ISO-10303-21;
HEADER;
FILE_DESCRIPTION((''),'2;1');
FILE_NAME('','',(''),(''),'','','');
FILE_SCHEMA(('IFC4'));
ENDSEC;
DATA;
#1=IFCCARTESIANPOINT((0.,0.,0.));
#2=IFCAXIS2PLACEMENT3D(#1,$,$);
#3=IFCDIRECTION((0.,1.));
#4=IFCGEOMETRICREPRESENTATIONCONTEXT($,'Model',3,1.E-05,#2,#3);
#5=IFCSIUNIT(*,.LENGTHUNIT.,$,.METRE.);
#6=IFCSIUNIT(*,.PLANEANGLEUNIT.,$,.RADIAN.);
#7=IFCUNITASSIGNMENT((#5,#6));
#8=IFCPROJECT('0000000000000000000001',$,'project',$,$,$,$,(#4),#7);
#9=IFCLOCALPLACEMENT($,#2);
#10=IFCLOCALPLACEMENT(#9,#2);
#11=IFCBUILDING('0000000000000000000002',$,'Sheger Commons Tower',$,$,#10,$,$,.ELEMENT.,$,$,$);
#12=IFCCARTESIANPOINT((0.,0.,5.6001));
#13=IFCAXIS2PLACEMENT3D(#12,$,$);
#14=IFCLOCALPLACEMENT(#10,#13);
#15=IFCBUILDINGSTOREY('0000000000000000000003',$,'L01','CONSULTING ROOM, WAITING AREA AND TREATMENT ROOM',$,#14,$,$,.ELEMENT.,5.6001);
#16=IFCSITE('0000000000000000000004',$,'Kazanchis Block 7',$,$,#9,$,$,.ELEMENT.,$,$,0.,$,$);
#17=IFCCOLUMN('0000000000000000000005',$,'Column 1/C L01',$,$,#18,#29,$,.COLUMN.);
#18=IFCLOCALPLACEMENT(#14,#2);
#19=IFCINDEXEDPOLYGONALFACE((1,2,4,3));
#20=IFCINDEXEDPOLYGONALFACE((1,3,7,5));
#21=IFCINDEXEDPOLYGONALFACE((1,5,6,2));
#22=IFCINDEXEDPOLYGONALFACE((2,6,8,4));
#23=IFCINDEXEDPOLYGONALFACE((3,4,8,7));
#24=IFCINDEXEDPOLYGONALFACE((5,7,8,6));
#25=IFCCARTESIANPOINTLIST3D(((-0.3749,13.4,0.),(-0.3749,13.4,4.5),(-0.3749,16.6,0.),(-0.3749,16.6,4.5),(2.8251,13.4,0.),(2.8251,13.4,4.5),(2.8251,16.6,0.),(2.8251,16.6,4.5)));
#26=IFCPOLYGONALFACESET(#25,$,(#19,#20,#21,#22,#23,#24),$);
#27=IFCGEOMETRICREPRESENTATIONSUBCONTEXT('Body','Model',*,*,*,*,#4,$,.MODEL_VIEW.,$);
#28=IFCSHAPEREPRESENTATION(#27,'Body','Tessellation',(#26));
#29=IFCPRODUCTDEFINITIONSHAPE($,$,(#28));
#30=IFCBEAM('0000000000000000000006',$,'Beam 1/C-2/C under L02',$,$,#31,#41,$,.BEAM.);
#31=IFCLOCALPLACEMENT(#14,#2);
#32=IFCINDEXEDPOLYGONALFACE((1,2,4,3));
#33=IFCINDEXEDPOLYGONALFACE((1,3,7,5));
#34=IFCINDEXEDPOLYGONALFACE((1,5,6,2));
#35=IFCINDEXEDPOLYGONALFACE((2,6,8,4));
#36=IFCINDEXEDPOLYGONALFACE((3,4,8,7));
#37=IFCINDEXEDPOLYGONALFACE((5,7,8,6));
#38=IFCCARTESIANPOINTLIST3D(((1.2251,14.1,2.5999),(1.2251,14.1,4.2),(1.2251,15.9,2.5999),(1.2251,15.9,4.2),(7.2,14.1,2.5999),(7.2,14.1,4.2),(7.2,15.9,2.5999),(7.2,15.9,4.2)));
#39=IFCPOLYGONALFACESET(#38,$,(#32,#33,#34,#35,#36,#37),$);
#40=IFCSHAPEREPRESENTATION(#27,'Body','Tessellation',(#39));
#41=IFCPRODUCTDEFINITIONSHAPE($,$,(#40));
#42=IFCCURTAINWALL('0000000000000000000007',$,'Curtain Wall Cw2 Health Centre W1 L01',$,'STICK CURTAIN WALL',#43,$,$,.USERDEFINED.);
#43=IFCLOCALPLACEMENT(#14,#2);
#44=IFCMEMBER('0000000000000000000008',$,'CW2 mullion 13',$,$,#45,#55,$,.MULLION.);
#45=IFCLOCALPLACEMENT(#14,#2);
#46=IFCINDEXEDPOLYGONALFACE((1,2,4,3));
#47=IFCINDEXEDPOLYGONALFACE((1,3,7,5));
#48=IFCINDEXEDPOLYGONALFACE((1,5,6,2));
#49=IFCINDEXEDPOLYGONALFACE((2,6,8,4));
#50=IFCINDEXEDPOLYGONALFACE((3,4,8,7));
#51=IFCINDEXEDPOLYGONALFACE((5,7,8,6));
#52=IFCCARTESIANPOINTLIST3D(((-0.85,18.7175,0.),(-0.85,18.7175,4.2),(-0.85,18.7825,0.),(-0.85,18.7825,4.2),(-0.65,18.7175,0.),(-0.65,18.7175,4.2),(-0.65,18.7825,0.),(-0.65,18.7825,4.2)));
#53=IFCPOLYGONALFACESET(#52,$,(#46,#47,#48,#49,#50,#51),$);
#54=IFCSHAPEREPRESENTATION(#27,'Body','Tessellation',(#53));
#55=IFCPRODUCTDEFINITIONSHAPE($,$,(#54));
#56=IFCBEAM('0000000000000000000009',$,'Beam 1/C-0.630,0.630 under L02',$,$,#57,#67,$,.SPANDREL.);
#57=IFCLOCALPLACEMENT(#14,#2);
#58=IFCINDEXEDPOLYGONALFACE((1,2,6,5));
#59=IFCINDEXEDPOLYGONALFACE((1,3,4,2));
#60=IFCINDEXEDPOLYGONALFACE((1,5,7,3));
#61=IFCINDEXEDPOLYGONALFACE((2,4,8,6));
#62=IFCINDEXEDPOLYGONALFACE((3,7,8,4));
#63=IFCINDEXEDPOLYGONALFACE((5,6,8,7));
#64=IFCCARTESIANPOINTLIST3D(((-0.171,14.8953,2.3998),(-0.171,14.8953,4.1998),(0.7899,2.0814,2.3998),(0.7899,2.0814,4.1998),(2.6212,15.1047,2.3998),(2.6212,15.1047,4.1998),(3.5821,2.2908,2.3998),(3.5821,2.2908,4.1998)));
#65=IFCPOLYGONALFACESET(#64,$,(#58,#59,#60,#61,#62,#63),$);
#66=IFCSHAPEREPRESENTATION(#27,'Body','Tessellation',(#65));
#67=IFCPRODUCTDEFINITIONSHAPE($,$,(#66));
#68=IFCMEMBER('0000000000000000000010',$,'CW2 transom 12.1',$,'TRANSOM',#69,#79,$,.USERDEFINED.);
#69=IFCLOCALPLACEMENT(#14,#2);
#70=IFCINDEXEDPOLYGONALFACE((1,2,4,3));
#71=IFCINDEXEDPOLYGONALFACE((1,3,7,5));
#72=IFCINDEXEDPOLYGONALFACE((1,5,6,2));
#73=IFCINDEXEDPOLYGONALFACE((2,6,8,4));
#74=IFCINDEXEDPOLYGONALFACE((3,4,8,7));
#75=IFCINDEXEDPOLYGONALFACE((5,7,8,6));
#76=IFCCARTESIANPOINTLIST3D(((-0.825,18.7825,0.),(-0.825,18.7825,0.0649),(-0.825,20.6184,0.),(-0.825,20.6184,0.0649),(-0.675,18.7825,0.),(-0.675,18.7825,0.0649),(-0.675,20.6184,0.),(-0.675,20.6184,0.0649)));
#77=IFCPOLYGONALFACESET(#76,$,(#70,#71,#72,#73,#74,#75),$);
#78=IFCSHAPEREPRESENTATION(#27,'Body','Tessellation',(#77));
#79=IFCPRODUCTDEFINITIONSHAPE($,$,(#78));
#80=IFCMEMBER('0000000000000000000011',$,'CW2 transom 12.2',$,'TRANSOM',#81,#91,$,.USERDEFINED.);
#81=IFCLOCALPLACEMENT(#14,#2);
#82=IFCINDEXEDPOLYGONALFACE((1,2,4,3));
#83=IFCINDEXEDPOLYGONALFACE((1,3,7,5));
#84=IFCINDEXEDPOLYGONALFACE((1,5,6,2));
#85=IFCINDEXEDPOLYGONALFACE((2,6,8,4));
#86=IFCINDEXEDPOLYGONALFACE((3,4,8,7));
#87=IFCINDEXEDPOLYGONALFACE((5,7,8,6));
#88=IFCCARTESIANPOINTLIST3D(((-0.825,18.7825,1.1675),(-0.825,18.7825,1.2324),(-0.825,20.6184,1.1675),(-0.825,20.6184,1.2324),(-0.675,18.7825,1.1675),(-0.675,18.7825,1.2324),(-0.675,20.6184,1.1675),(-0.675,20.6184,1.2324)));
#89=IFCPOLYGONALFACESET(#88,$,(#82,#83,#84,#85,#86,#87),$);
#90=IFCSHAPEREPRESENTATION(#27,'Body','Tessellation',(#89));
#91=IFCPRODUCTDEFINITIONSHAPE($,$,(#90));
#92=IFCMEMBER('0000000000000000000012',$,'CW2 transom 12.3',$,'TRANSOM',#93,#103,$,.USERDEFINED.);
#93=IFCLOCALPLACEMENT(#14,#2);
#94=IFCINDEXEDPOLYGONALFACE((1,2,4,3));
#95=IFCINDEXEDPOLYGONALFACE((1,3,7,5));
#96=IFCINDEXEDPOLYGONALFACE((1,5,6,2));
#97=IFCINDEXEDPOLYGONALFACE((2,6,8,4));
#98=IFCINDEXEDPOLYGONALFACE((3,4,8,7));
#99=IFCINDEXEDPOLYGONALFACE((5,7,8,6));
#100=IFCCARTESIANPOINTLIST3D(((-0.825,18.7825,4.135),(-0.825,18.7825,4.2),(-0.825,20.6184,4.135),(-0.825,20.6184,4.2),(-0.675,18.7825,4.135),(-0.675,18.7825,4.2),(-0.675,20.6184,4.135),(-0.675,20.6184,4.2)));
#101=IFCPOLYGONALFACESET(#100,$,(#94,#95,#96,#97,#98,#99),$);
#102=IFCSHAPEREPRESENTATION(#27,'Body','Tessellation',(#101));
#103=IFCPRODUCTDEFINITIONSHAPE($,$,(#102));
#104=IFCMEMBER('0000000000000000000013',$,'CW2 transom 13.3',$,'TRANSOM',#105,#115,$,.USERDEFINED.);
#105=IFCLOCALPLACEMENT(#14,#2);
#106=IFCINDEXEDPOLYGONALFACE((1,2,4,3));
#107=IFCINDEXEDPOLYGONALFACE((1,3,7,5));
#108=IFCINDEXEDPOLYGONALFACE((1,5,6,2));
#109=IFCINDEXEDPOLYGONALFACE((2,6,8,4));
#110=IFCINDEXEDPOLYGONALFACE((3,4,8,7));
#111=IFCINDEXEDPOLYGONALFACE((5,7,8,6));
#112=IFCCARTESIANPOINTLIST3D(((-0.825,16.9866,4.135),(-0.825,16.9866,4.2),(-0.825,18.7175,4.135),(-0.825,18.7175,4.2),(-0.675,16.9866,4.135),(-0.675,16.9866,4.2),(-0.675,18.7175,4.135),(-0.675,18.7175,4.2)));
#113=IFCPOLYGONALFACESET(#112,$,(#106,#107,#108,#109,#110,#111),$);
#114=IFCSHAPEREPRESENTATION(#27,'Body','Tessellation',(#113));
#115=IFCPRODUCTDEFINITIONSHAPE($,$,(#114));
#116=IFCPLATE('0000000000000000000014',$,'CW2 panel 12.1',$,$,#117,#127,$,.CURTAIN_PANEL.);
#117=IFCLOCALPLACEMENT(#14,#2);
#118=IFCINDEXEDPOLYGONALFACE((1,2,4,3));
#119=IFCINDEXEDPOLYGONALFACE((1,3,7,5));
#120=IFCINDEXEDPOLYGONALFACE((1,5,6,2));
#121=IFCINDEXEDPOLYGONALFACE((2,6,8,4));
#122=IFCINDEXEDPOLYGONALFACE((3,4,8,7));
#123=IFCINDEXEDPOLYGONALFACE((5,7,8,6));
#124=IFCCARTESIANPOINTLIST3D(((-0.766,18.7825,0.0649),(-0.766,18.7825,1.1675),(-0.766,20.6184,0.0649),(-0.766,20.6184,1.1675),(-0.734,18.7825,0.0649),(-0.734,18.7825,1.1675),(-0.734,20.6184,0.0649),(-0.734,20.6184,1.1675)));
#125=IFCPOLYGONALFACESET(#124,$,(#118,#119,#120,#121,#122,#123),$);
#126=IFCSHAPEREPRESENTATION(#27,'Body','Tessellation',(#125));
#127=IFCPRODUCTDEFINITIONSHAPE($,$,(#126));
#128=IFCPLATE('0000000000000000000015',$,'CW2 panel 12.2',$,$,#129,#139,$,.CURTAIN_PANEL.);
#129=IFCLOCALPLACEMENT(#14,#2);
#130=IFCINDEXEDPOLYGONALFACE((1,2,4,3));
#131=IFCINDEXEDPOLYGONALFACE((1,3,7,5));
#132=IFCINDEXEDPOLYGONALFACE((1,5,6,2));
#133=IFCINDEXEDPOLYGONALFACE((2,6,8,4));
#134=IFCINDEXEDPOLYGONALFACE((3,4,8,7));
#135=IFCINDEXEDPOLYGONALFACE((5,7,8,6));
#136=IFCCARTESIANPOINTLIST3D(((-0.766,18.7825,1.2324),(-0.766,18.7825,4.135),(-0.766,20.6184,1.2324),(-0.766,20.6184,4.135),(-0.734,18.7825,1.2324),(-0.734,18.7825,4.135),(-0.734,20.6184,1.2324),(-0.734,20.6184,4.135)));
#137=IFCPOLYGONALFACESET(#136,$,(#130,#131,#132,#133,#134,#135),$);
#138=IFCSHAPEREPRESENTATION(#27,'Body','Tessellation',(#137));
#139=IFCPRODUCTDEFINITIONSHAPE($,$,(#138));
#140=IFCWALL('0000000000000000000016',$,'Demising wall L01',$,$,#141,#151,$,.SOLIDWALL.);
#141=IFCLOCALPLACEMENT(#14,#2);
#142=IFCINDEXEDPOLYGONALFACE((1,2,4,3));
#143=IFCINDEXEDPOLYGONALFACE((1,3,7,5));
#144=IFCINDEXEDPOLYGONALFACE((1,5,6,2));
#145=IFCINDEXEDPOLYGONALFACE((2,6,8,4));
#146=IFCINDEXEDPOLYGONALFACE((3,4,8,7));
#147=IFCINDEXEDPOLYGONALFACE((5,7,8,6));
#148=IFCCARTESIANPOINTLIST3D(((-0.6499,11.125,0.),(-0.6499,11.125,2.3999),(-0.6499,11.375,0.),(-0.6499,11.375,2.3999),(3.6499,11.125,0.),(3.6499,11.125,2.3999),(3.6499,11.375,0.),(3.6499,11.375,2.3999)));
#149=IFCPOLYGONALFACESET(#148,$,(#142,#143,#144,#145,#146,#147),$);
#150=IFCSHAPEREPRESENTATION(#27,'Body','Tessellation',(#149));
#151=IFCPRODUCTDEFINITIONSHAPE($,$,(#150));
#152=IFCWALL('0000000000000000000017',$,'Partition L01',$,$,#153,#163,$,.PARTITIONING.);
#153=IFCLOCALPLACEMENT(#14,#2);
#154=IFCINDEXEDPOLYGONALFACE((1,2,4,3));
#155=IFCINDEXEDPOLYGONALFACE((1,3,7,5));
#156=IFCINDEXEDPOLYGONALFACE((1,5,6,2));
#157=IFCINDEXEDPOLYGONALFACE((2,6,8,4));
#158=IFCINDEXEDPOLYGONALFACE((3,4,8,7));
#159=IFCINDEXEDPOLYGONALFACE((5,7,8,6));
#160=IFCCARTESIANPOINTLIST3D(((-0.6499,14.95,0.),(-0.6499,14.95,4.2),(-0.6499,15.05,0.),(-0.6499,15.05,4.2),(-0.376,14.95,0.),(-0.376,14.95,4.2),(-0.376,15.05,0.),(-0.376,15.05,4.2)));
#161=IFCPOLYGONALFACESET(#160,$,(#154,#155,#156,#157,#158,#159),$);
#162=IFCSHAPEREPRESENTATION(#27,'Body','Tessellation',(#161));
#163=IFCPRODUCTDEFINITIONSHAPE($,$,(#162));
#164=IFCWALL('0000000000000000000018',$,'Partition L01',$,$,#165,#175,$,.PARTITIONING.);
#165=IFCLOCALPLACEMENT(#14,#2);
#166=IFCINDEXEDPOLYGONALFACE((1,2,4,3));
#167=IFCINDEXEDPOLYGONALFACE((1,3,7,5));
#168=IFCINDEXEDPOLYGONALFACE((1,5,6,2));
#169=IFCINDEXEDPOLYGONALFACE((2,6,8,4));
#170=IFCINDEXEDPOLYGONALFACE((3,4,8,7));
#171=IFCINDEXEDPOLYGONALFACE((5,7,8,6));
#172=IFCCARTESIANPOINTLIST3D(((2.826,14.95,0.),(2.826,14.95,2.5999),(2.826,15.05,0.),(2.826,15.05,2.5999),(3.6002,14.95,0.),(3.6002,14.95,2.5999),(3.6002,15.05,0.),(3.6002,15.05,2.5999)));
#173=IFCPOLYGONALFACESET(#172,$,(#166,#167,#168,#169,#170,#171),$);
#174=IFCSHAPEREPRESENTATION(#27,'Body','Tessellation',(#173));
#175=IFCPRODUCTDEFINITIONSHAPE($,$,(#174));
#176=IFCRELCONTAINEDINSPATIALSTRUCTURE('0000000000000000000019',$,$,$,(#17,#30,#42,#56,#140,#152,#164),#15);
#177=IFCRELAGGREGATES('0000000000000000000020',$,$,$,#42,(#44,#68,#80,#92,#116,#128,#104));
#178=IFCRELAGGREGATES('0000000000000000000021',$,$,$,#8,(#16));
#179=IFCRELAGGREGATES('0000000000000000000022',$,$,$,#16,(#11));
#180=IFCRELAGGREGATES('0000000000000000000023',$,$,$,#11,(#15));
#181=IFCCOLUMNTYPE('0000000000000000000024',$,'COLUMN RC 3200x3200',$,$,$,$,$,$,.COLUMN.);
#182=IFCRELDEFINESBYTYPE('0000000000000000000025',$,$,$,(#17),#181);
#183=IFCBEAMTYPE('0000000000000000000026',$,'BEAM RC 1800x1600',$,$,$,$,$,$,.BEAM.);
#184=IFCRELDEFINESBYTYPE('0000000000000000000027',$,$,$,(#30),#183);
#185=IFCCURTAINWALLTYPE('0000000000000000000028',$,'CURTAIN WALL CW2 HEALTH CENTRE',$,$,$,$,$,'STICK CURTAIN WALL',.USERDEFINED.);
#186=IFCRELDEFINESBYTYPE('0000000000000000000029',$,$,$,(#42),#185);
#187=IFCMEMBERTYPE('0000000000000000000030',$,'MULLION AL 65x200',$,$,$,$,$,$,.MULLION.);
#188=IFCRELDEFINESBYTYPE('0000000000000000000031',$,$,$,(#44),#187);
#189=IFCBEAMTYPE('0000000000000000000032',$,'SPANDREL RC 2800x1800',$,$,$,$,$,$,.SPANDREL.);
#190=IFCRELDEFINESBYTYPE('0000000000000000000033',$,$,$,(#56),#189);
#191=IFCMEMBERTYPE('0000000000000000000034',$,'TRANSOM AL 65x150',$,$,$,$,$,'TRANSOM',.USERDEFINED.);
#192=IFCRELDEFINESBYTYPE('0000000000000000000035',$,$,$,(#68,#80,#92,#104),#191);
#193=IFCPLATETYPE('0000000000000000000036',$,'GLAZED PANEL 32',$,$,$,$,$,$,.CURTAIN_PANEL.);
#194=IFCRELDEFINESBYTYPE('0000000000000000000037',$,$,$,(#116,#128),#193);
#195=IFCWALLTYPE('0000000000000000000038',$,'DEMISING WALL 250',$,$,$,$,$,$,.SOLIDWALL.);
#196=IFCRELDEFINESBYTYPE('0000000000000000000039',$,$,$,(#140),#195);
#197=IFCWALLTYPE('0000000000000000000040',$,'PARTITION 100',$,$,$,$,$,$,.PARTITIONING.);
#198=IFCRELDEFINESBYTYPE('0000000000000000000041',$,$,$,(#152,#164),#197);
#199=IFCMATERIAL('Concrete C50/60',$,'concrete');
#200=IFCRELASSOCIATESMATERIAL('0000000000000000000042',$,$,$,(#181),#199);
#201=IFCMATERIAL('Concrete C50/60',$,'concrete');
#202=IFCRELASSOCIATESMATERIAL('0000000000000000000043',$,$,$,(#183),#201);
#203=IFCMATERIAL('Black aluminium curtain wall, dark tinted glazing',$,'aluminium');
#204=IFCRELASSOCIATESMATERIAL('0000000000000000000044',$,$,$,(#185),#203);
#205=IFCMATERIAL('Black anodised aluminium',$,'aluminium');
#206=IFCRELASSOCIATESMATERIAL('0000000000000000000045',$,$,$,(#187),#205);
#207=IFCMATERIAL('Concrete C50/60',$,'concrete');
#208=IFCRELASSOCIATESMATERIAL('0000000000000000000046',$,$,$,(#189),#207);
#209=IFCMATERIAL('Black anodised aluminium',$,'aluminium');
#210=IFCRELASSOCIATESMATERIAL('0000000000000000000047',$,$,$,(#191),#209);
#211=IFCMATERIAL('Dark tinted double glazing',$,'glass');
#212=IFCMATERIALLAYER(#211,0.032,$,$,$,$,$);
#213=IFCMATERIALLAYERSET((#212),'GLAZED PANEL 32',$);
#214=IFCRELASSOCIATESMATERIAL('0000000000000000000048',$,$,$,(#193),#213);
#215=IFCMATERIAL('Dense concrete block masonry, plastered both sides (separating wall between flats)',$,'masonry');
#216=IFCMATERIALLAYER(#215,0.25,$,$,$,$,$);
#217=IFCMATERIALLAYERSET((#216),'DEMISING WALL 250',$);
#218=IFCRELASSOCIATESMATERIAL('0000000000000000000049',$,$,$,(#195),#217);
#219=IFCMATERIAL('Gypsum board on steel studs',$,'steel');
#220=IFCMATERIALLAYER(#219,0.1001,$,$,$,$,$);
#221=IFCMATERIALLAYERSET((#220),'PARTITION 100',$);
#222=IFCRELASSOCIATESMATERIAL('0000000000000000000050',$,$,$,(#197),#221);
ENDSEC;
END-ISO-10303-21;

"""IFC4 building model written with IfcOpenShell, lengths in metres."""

from ifc_helpers import new_model, si_unit, direction, frame, frame_2d, origin, origin_2d, place, context, subcontext, project, spatial, rectangle, extrude, material, layer, layer_set, material_profile, profile_set, type_object, element, aggregate, save


model = new_model("IFC4")

# Units and contexts
model_context = context("Model", 3, precision=1e-05, world=origin(), true_north=direction((0.0, 1.0)))
body_context = subcontext(model_context, "Body", "Model", "MODEL_VIEW")
ifc_project = project(units=[si_unit("LENGTHUNIT", "METRE"), si_unit("PLANEANGLEUNIT", "RADIAN")], contexts=[model_context])

# Site, building, storey
site_placement = place(None, origin())
site = spatial("IfcSite", under=ifc_project, at=site_placement, Name="Kazanchis Block 7", CompositionType="ELEMENT", RefElevation=0.0)
building_placement = place(site_placement, origin())
building = spatial("IfcBuilding", under=site, at=building_placement, Name="Sheger Commons Tower", CompositionType="ELEMENT")
storey_placement = place(building_placement, frame((0.0, 0.0, 5.6001)))
storey = spatial("IfcBuildingStorey", under=building, at=storey_placement, Name="L01", Description="CONSULTING ROOM, WAITING AREA AND TREATMENT ROOM", CompositionType="ELEMENT", Elevation=5.6001)

# Column
ifc_material_1 = material(Name="Concrete C50/60", Category="concrete")
ifc_material_profile_1 = material_profile(ifc_material_1, rectangle(XDim=3.2, YDim=3.2, at=origin_2d()), Name="RC 3200x3200")
ifc_profile_set_1 = profile_set([ifc_material_profile_1], Name="Concrete C50/60")
column_type = type_object("IfcColumnType", Name="COLUMN RC 3200x3200", PredefinedType="COLUMN", material=ifc_profile_set_1)
column_placement = place(storey_placement, frame((1.2251, 15.0, 0.0), z_axis=(0.0, 0.0, 1.0), x_axis=(1.0, 0.0, 0.0)))
element("IfcColumn", 1, at=column_placement, inside=storey, type_object=column_type, Name="Column 1/C L01", PredefinedType="COLUMN", context=body_context, shape_type="SweptSolid", body=[
    extrude(rectangle(XDim=3.2, YDim=3.2, at=origin_2d()), origin(), (0.0, 0.0, 1.0), 4.5),
])

# Beam
ifc_material_2 = material(Name="Concrete C50/60", Category="concrete")
ifc_material_profile_2 = material_profile(ifc_material_2, rectangle(XDim=1.8, YDim=1.6001, at=origin_2d()), Name="RC 1800x1600")
ifc_profile_set_2 = profile_set([ifc_material_profile_2], Name="Concrete C50/60")
beam_type_1 = type_object("IfcBeamType", Name="BEAM RC 1800x1600", PredefinedType="BEAM", material=ifc_profile_set_2)
beam_1_placement = place(storey_placement, frame((1.2251, 15.0, 3.3999), z_axis=(1.0, 0.0, 0.0), x_axis=(0.0, 1.0, 0.0)))
element("IfcBeam", 2, at=beam_1_placement, inside=storey, type_object=beam_type_1, Name="Beam 1/C-2/C under L02", PredefinedType="BEAM", context=body_context, shape_type="SweptSolid", body=[
    extrude(rectangle(XDim=1.8, YDim=1.6001, at=origin_2d()), origin(), (0.0, 0.0, 1.0), 5.9749),
])

# Curtain wall, member
ifc_material_3 = material(Name="Black aluminium curtain wall, dark tinted glazing", Category="aluminium")
curtain_wall_type = type_object("IfcCurtainWallType", Name="CURTAIN WALL CW2 HEALTH CENTRE", ElementType="STICK CURTAIN WALL", PredefinedType="USERDEFINED", material=ifc_material_3)
curtain_wall_placement = place(storey_placement, origin())
curtain_wall = element("IfcCurtainWall", 3, at=curtain_wall_placement, inside=storey, type_object=curtain_wall_type, Name="Curtain Wall Cw2 Health Centre W1 L01", ObjectType="STICK CURTAIN WALL", PredefinedType="USERDEFINED")
ifc_material_4 = material(Name="Black anodised aluminium", Category="aluminium")
ifc_material_profile_3 = material_profile(ifc_material_4, rectangle(XDim=0.2, YDim=0.0649, at=origin_2d()), Name="AL 65x200")
ifc_profile_set_3 = profile_set([ifc_material_profile_3], Name="Black anodised aluminium")
member_type_1 = type_object("IfcMemberType", Name="MULLION AL 65x200", PredefinedType="MULLION", material=ifc_profile_set_3)
member_1_placement = place(storey_placement, frame((-0.75, 18.75, 0.0), z_axis=(0.0, 0.0, 1.0), x_axis=(1.0, 0.0, 0.0)))
member_1 = element("IfcMember", 4, at=member_1_placement, type_object=member_type_1, Name="CW2 mullion 13", PredefinedType="MULLION", context=body_context, shape_type="SweptSolid", body=[
    extrude(rectangle(XDim=0.2, YDim=0.0649, at=origin_2d()), origin(), (0.0, 0.0, 1.0), 4.2),
])

# Beam
ifc_material_5 = material(Name="Concrete C50/60", Category="concrete")
ifc_material_profile_4 = material_profile(ifc_material_5, rectangle(XDim=2.8, YDim=1.8, at=origin_2d()), Name="RC 2800x1800")
ifc_profile_set_4 = profile_set([ifc_material_profile_4], Name="Concrete C50/60")
beam_type_2 = type_object("IfcBeamType", Name="SPANDREL RC 2800x1800", PredefinedType="SPANDREL", material=ifc_profile_set_4)
beam_2_placement = place(storey_placement, frame((1.2251, 15.0, 3.2998), z_axis=(0.074781, -0.9972, 0.0), x_axis=(0.9972, 0.074781, 0.0)))
element("IfcBeam", 5, at=beam_2_placement, inside=storey, type_object=beam_type_2, Name="Beam 1/C-0.630,0.630 under L02", PredefinedType="SPANDREL", context=body_context, shape_type="SweptSolid", body=[
    extrude(rectangle(XDim=2.8, YDim=1.8, at=origin_2d()), origin(), (0.0, 0.0, 1.0), 12.8499),
])

# Members
ifc_material_6 = material(Name="Black anodised aluminium", Category="aluminium")
ifc_material_profile_5 = material_profile(ifc_material_6, rectangle(XDim=0.1499, YDim=0.0649, at=origin_2d()), Name="AL 65x150")
ifc_profile_set_5 = profile_set([ifc_material_profile_5], Name="Black anodised aluminium")
member_type_2 = type_object("IfcMemberType", Name="TRANSOM AL 65x150", ElementType="TRANSOM", PredefinedType="USERDEFINED", material=ifc_profile_set_5)
member_2_placement = place(storey_placement, frame((-0.75, 20.6184, 0.0325), z_axis=(0.0, -1.0, 0.0), x_axis=(1.0, 0.0, 0.0)))
member_2 = element("IfcMember", 6, at=member_2_placement, type_object=member_type_2, Name="CW2 transom 12.1", ObjectType="TRANSOM", PredefinedType="USERDEFINED", context=body_context, shape_type="SweptSolid", body=[
    extrude(rectangle(XDim=0.1499, YDim=0.0649, at=origin_2d()), origin(), (0.0, 0.0, 1.0), 1.8359),
])
member_3_placement = place(storey_placement, frame((-0.75, 20.6184, 1.2), z_axis=(0.0, -1.0, 0.0), x_axis=(1.0, 0.0, 0.0)))
member_3 = element("IfcMember", 7, at=member_3_placement, type_object=member_type_2, Name="CW2 transom 12.2", ObjectType="TRANSOM", PredefinedType="USERDEFINED", context=body_context, shape_type="SweptSolid", body=[
    extrude(rectangle(XDim=0.1499, YDim=0.0649, at=origin_2d()), origin(), (0.0, 0.0, 1.0), 1.8359),
])
member_4_placement = place(storey_placement, frame((-0.75, 20.6184, 4.1675), z_axis=(0.0, -1.0, 0.0), x_axis=(1.0, 0.0, 0.0)))
member_4 = element("IfcMember", 8, at=member_4_placement, type_object=member_type_2, Name="CW2 transom 12.3", ObjectType="TRANSOM", PredefinedType="USERDEFINED", context=body_context, shape_type="SweptSolid", body=[
    extrude(rectangle(XDim=0.1499, YDim=0.0649, at=origin_2d()), origin(), (0.0, 0.0, 1.0), 1.8359),
])
member_5_placement = place(storey_placement, frame((-0.75, 18.7175, 4.1675), z_axis=(0.0, -1.0, 0.0), x_axis=(1.0, 0.0, 0.0)))
member_5 = element("IfcMember", 9, at=member_5_placement, type_object=member_type_2, Name="CW2 transom 13.3", ObjectType="TRANSOM", PredefinedType="USERDEFINED", context=body_context, shape_type="SweptSolid", body=[
    extrude(rectangle(XDim=0.1499, YDim=0.0649, at=origin_2d()), origin(), (0.0, 0.0, 1.0), 1.731),
])

# Plates
ifc_material_7 = material(Name="Dark tinted double glazing", Category="glass")
ifc_layer_1 = layer(ifc_material_7, 0.032)
ifc_layer_set_1 = layer_set([ifc_layer_1], Name="GLAZED PANEL 32")
plate_type = type_object("IfcPlateType", Name="GLAZED PANEL 32", PredefinedType="CURTAIN_PANEL", material=ifc_layer_set_1)
plate_1_placement = place(storey_placement, frame((-0.75, 19.7004, 0.0649), z_axis=(0.0, 0.0, 1.0), x_axis=(0.0, -1.0, 0.0)))
plate_1 = element("IfcPlate", 10, at=plate_1_placement, type_object=plate_type, Name="CW2 panel 12.1", PredefinedType="CURTAIN_PANEL", context=body_context, shape_type="SweptSolid", body=[
    extrude(rectangle(XDim=1.8359, YDim=0.032, at=origin_2d()), origin(), (0.0, 0.0, 1.0), 1.1025),
])
plate_2_placement = place(storey_placement, frame((-0.75, 19.7004, 1.2324), z_axis=(0.0, 0.0, 1.0), x_axis=(0.0, -1.0, 0.0)))
plate_2 = element("IfcPlate", 11, at=plate_2_placement, type_object=plate_type, Name="CW2 panel 12.2", PredefinedType="CURTAIN_PANEL", context=body_context, shape_type="SweptSolid", body=[
    extrude(rectangle(XDim=1.8359, YDim=0.032, at=origin_2d()), origin(), (0.0, 0.0, 1.0), 2.9026),
])
aggregate(curtain_wall, [member_1, member_2, member_3, member_4, plate_1, plate_2, member_5])

# Walls
ifc_material_8 = material(Name="Dense concrete block masonry, plastered both sides (separating wall between flats)", Category="masonry")
ifc_layer_2 = layer(ifc_material_8, 0.25)
ifc_layer_set_2 = layer_set([ifc_layer_2], Name="DEMISING WALL 250")
wall_type_1 = type_object("IfcWallType", Name="DEMISING WALL 250", PredefinedType="SOLIDWALL", material=ifc_layer_set_2)
wall_1_placement = place(storey_placement, frame((-0.6499, 11.25, 0.0), z_axis=(0.0, 0.0, 1.0), x_axis=(1.0, 0.0, 0.0)))
element("IfcWall", 12, at=wall_1_placement, inside=storey, type_object=wall_type_1, Name="Demising wall L01", PredefinedType="SOLIDWALL", context=body_context, shape_type="SweptSolid", body=[
    extrude(rectangle(XDim=4.2998, YDim=0.25, at=frame_2d((2.1499, 0.0))), origin(), (0.0, 0.0, 1.0), 2.3999),
])
ifc_material_9 = material(Name="Gypsum board on steel studs", Category="steel")
ifc_layer_3 = layer(ifc_material_9, 0.1001)
ifc_layer_set_3 = layer_set([ifc_layer_3], Name="PARTITION 100")
wall_type_2 = type_object("IfcWallType", Name="PARTITION 100", PredefinedType="PARTITIONING", material=ifc_layer_set_3)
wall_2_placement = place(storey_placement, frame((-0.6499, 15.0, 0.0), z_axis=(0.0, 0.0, 1.0), x_axis=(1.0, 0.0, 0.0)))
element("IfcWall", 13, at=wall_2_placement, inside=storey, type_object=wall_type_2, Name="Partition L01", PredefinedType="PARTITIONING", context=body_context, shape_type="SweptSolid", body=[
    extrude(rectangle(XDim=0.2739, YDim=0.1001, at=frame_2d((0.137, 0.0))), origin(), (0.0, 0.0, 1.0), 4.2),
])
wall_3_placement = place(storey_placement, frame((2.8259, 15.0, 0.0), z_axis=(0.0, 0.0, 1.0), x_axis=(1.0, 0.0, 0.0)))
element("IfcWall", 14, at=wall_3_placement, inside=storey, type_object=wall_type_2, Name="Partition L01", PredefinedType="PARTITIONING", context=body_context, shape_type="SweptSolid", body=[
    extrude(rectangle(XDim=0.7742, YDim=0.1001, at=frame_2d((0.3872, 0.0))), origin(), (0.0, 0.0, 1.0), 2.5999),
])

save(model, "model.ifc")
